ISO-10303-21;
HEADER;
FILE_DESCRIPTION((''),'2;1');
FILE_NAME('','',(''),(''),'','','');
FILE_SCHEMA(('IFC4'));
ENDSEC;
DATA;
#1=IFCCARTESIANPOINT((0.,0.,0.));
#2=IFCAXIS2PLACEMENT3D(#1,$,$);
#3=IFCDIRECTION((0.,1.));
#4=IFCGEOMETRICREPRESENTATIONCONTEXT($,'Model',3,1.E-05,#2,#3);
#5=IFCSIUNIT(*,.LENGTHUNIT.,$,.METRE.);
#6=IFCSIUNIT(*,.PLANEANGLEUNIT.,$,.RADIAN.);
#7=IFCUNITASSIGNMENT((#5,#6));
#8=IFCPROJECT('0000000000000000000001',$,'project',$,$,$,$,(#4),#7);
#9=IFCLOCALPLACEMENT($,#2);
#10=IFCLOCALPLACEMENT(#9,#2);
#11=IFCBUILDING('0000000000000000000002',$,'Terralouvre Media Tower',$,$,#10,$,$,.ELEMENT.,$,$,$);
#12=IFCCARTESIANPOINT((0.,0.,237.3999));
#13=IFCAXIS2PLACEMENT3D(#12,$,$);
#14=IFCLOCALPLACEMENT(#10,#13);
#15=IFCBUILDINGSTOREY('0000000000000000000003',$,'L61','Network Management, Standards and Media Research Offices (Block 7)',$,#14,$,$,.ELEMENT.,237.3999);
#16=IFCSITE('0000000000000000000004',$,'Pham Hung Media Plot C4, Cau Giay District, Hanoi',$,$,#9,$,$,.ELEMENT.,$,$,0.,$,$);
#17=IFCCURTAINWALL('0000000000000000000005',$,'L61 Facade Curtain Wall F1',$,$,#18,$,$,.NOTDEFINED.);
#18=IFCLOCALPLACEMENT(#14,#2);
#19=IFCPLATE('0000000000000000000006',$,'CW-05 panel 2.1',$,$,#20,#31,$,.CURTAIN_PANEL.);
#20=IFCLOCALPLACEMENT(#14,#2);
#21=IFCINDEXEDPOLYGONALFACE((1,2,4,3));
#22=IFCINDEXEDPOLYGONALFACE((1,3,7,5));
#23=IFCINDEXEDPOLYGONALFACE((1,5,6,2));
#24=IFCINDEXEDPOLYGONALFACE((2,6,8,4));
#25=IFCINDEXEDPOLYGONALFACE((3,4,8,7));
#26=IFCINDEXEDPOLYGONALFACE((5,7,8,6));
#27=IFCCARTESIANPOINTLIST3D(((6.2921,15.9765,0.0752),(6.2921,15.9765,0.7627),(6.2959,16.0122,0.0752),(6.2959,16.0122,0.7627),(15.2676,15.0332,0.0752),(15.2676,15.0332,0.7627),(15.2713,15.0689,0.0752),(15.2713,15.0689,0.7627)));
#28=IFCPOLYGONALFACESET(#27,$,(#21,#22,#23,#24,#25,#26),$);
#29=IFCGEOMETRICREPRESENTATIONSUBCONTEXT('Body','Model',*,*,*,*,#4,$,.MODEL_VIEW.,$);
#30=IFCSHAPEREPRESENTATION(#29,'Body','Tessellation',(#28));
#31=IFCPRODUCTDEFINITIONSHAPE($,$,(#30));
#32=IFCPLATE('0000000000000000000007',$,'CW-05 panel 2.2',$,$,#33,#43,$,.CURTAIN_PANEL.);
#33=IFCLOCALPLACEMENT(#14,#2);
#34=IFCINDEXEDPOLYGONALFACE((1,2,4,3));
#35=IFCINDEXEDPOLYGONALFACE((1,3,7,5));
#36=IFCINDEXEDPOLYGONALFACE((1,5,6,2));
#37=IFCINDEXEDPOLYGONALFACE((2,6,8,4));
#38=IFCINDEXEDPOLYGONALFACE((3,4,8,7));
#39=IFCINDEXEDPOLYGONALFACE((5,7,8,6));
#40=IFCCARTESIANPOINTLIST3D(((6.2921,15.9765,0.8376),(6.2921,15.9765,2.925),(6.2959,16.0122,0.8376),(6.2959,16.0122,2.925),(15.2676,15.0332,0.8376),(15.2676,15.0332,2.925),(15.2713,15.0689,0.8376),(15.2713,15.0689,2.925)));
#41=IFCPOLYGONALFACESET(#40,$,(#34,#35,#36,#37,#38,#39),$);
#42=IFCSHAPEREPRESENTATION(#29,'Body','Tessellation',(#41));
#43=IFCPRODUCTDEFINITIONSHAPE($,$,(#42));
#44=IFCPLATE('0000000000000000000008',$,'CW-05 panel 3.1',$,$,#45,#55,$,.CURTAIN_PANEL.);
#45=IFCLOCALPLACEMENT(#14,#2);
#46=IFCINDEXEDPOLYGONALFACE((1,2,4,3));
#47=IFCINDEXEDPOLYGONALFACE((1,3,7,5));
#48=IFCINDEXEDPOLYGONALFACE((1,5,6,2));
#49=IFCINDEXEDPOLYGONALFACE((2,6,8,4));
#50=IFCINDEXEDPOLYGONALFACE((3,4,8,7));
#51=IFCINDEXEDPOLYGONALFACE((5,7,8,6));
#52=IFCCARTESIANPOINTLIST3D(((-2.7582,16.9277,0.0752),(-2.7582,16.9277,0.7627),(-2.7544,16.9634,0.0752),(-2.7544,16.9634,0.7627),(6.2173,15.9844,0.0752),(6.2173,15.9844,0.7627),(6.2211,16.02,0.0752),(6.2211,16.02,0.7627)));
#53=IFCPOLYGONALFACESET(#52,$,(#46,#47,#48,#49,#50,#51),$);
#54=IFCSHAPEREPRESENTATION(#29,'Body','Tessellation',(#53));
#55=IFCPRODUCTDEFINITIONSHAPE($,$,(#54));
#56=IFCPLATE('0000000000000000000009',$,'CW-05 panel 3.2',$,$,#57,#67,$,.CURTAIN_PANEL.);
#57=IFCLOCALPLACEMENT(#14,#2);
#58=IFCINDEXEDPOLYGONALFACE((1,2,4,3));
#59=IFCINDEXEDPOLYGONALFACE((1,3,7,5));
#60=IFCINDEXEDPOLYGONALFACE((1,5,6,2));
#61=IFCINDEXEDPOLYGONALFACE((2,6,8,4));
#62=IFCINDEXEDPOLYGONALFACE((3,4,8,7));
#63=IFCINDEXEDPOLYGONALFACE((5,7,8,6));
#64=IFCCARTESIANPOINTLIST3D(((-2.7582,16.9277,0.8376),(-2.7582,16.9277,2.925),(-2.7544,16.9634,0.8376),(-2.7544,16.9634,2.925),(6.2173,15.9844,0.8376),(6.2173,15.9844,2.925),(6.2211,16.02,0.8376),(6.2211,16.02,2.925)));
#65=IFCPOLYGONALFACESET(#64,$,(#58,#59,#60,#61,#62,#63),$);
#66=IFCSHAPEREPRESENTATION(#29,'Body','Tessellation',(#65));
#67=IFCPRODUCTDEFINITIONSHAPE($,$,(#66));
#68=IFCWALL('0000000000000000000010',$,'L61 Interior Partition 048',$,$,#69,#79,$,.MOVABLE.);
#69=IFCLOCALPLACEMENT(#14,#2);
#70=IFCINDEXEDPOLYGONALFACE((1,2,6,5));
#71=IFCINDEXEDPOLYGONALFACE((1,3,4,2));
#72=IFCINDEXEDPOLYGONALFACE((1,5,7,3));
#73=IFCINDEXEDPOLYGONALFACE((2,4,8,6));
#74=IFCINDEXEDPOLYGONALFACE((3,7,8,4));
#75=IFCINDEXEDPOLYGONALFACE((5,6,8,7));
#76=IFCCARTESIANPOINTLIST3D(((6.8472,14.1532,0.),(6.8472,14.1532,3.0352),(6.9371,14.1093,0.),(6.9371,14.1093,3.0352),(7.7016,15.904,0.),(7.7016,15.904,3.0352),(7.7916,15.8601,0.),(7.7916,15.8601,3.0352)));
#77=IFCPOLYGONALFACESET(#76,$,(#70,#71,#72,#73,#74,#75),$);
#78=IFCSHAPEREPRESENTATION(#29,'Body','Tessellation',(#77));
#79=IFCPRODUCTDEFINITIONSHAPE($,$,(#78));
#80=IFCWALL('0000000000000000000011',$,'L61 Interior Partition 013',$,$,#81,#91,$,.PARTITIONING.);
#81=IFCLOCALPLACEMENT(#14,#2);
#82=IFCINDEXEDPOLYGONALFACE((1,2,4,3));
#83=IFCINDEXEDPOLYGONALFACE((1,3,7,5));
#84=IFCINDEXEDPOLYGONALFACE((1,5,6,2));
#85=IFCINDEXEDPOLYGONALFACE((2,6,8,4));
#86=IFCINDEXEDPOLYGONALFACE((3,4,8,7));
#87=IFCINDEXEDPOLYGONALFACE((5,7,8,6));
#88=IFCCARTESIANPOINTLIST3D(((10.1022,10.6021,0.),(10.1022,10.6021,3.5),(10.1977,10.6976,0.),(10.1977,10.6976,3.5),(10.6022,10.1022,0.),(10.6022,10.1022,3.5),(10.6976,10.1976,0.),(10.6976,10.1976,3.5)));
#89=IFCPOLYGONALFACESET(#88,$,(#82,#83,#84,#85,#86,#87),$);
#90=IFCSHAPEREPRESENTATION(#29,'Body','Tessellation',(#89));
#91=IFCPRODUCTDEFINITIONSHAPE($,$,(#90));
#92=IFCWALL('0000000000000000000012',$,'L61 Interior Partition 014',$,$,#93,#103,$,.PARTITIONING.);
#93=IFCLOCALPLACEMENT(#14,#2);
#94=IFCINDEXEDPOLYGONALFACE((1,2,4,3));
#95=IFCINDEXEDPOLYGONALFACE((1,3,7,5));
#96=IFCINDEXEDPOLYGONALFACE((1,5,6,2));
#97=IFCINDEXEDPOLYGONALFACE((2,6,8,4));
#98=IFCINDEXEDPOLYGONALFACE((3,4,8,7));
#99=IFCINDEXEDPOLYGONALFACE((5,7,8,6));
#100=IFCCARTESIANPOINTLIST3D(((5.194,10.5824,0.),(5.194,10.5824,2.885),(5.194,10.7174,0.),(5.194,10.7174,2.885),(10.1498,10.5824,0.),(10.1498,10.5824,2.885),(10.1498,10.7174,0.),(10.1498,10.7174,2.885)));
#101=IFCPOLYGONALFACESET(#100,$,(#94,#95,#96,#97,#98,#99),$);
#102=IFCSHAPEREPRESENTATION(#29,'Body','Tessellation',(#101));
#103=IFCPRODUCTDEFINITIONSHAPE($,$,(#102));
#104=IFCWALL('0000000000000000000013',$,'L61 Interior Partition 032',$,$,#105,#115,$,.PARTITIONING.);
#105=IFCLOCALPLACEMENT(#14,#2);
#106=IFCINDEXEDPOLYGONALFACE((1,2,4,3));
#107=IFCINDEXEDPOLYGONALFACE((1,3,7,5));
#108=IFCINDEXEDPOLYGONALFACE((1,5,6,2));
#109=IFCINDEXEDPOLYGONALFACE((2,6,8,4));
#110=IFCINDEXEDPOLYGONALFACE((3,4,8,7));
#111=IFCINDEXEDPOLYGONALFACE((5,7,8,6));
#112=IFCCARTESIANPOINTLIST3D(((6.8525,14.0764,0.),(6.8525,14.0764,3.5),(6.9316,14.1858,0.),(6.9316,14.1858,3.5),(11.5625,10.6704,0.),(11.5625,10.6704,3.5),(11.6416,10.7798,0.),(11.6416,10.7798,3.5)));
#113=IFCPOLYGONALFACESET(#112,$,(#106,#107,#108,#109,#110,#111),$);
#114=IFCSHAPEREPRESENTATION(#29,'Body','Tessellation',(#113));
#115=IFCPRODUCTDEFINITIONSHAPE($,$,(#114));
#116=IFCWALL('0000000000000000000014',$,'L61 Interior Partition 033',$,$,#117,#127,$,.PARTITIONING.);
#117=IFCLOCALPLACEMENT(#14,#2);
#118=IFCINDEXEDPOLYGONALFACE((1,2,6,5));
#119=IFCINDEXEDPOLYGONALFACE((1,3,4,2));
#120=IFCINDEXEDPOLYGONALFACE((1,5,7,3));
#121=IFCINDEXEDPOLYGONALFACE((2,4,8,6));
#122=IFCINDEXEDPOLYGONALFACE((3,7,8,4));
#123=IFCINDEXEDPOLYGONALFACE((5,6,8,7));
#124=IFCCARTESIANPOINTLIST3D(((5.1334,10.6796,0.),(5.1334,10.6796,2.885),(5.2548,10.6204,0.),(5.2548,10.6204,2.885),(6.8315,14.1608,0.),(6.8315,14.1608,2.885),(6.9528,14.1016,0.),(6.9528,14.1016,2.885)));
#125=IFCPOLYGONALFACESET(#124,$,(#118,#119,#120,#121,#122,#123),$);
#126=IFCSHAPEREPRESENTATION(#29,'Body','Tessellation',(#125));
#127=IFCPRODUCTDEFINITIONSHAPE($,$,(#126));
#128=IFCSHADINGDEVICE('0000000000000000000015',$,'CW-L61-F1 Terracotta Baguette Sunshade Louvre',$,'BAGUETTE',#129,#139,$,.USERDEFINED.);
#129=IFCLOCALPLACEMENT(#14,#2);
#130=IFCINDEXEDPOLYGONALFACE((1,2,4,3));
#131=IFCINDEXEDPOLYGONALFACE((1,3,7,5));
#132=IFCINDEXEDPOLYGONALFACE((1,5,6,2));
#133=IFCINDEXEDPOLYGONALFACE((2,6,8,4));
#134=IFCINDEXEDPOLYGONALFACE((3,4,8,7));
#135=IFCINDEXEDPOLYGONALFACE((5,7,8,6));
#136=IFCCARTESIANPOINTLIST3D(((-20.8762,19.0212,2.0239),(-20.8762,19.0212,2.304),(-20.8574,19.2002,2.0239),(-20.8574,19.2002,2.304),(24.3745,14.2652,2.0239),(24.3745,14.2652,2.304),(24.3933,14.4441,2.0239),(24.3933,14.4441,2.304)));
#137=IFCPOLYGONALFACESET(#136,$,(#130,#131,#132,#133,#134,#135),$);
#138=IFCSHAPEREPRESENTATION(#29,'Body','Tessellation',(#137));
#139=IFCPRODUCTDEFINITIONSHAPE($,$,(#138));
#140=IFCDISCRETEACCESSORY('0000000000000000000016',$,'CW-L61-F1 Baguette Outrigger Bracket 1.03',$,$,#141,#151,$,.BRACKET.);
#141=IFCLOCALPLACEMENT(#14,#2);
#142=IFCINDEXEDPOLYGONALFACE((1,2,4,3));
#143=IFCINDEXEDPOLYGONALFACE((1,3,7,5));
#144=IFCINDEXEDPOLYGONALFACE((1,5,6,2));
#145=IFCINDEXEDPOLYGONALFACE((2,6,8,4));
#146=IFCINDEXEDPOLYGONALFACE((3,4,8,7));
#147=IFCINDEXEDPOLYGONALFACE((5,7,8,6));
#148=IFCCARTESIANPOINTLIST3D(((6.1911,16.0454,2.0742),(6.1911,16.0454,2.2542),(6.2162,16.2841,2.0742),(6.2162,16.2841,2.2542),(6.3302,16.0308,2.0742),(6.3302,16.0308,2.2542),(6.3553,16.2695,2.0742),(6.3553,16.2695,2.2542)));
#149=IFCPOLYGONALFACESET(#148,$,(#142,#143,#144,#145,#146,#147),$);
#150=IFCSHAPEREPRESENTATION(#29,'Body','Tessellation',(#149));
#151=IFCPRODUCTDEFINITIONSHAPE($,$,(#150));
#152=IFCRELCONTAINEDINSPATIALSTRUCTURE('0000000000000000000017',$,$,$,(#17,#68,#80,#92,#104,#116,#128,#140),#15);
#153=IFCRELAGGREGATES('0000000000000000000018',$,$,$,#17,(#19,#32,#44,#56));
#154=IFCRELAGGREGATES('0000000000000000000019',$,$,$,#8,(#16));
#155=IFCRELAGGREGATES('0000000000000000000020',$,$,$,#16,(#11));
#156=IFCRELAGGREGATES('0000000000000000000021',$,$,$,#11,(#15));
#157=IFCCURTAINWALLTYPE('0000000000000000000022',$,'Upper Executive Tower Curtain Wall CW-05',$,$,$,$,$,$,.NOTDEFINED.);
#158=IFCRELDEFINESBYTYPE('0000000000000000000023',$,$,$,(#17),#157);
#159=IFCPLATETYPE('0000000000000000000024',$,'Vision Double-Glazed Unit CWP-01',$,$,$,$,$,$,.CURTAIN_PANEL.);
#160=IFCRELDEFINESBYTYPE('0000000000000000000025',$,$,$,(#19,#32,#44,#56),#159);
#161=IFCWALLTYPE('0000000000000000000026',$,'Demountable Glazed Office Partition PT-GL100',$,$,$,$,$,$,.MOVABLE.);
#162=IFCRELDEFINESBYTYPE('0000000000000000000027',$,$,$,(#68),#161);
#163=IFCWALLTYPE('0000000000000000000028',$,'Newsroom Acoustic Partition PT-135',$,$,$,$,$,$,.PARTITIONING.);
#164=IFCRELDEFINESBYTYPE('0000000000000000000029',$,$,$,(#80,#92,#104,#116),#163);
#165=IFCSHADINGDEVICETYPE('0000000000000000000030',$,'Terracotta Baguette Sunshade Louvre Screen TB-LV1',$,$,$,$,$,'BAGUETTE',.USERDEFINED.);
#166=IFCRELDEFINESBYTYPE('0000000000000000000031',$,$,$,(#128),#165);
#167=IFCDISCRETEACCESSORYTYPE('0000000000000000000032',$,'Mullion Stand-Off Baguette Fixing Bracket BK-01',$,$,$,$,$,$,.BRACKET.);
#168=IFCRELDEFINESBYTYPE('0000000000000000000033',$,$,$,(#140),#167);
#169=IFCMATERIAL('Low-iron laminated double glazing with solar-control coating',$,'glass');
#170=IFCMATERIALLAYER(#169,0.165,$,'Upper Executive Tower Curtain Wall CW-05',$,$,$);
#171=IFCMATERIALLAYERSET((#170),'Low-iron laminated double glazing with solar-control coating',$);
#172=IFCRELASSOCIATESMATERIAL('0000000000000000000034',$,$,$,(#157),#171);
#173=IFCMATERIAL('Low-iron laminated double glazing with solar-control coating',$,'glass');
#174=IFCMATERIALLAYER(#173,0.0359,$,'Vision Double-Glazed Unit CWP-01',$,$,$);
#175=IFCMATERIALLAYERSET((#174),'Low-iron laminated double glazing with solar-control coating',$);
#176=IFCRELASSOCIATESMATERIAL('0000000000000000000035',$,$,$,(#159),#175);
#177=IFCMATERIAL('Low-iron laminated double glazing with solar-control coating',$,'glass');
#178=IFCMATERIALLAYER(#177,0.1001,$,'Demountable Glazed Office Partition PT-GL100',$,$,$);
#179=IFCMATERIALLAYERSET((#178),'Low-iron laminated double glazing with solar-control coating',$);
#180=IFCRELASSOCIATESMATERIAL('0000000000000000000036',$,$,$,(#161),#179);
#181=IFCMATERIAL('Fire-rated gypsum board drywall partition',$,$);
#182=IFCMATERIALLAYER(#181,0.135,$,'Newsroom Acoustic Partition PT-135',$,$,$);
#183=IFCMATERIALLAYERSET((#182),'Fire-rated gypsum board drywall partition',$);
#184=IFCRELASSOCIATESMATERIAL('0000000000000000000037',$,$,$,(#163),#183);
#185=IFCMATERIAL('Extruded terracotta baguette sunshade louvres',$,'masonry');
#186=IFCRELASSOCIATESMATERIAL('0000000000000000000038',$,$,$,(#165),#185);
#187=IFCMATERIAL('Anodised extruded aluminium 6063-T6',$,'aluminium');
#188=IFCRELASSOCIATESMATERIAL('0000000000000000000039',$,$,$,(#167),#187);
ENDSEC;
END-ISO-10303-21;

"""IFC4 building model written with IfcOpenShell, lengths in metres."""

from ifc_helpers import new_model, si_unit, direction, frame, frame_2d, origin, origin_2d, place, context, subcontext, project, spatial, rectangle, extrude, material, layer, layer_set, type_object, element, aggregate, save


model = new_model("IFC4")

# Units and contexts
model_context = context("Model", 3, precision=1e-05, world=origin(), true_north=direction((0.0, 1.0)))
body_context = subcontext(model_context, "Body", "Model", "MODEL_VIEW")
ifc_project = project(units=[si_unit("LENGTHUNIT", "METRE"), si_unit("PLANEANGLEUNIT", "RADIAN")], contexts=[model_context])

# Site, building, storey
site_placement = place(None, origin())
site = spatial("IfcSite", under=ifc_project, at=site_placement, Name="Pham Hung Media Plot C4, Cau Giay District, Hanoi", CompositionType="ELEMENT", RefElevation=0.0)
building_placement = place(site_placement, origin())
building = spatial("IfcBuilding", under=site, at=building_placement, Name="Terralouvre Media Tower", CompositionType="ELEMENT")
storey_placement = place(building_placement, frame((0.0, 0.0, 237.3999)))
storey = spatial("IfcBuildingStorey", under=building, at=storey_placement, Name="L61", Description="Network Management, Standards and Media Research Offices (Block 7)", CompositionType="ELEMENT", Elevation=237.3999)

# Curtain wall
ifc_material_1 = material(Name="Low-iron laminated double glazing with solar-control coating", Category="glass")
ifc_layer_1 = layer(ifc_material_1, 0.165, Name="Upper Executive Tower Curtain Wall CW-05")
ifc_layer_set_1 = layer_set([ifc_layer_1], Name="Low-iron laminated double glazing with solar-control coating")
curtain_wall_type = type_object("IfcCurtainWallType", Name="Upper Executive Tower Curtain Wall CW-05", PredefinedType="NOTDEFINED", material=ifc_layer_set_1)
curtain_wall_placement = place(storey_placement, origin())
curtain_wall = element("IfcCurtainWall", 1, at=curtain_wall_placement, inside=storey, type_object=curtain_wall_type, Name="L61 Facade Curtain Wall F1", PredefinedType="NOTDEFINED")

# Plates
ifc_material_2 = material(Name="Low-iron laminated double glazing with solar-control coating", Category="glass")
ifc_layer_2 = layer(ifc_material_2, 0.0359, Name="Vision Double-Glazed Unit CWP-01")
ifc_layer_set_2 = layer_set([ifc_layer_2], Name="Low-iron laminated double glazing with solar-control coating")
plate_type = type_object("IfcPlateType", Name="Vision Double-Glazed Unit CWP-01", PredefinedType="CURTAIN_PANEL", material=ifc_layer_set_2)
plate_1_placement = place(storey_placement, frame((10.7817, 15.5227, 0.0752), z_axis=(0.0, 0.0, 1.0), x_axis=(-0.994522, 0.104529, 0.0)))
plate_1 = element("IfcPlate", 2, at=plate_1_placement, type_object=plate_type, Name="CW-05 panel 2.1", PredefinedType="CURTAIN_PANEL", context=body_context, shape_type="SweptSolid", body=[
    extrude(rectangle(XDim=9.0249, YDim=0.0359, at=origin_2d()), origin(), (0.0, 0.0, 1.0), 0.6875),
])
plate_2_placement = place(storey_placement, frame((10.7817, 15.5227, 0.8376), z_axis=(0.0, 0.0, 1.0), x_axis=(-0.994522, 0.104529, 0.0)))
plate_2 = element("IfcPlate", 3, at=plate_2_placement, type_object=plate_type, Name="CW-05 panel 2.2", PredefinedType="CURTAIN_PANEL", context=body_context, shape_type="SweptSolid", body=[
    extrude(rectangle(XDim=9.0249, YDim=0.0359, at=origin_2d()), origin(), (0.0, 0.0, 1.0), 2.0874),
])
plate_3_placement = place(storey_placement, frame((1.7314, 16.4739, 0.0752), z_axis=(0.0, 0.0, 1.0), x_axis=(-0.994522, 0.104529, 0.0)))
plate_3 = element("IfcPlate", 4, at=plate_3_placement, type_object=plate_type, Name="CW-05 panel 3.1", PredefinedType="CURTAIN_PANEL", context=body_context, shape_type="SweptSolid", body=[
    extrude(rectangle(XDim=9.0249, YDim=0.0359, at=origin_2d()), origin(), (0.0, 0.0, 1.0), 0.6875),
])
plate_4_placement = place(storey_placement, frame((1.7314, 16.4739, 0.8376), z_axis=(0.0, 0.0, 1.0), x_axis=(-0.994522, 0.104529, 0.0)))
plate_4 = element("IfcPlate", 5, at=plate_4_placement, type_object=plate_type, Name="CW-05 panel 3.2", PredefinedType="CURTAIN_PANEL", context=body_context, shape_type="SweptSolid", body=[
    extrude(rectangle(XDim=9.0249, YDim=0.0359, at=origin_2d()), origin(), (0.0, 0.0, 1.0), 2.0874),
])
aggregate(curtain_wall, [plate_1, plate_2, plate_3, plate_4])

# Walls
ifc_material_3 = material(Name="Low-iron laminated double glazing with solar-control coating", Category="glass")
ifc_layer_3 = layer(ifc_material_3, 0.1001, Name="Demountable Glazed Office Partition PT-GL100")
ifc_layer_set_3 = layer_set([ifc_layer_3], Name="Low-iron laminated double glazing with solar-control coating")
wall_type_1 = type_object("IfcWallType", Name="Demountable Glazed Office Partition PT-GL100", PredefinedType="MOVABLE", material=ifc_layer_set_3)
wall_1_placement = place(storey_placement, frame((7.7466, 15.8821, 0.0), z_axis=(0.0, 0.0, 1.0), x_axis=(-0.438572, -0.898696, 0.0)))
element("IfcWall", 6, at=wall_1_placement, inside=storey, type_object=wall_type_1, Name="L61 Interior Partition 048", PredefinedType="MOVABLE", context=body_context, shape_type="SweptSolid", body=[
    extrude(rectangle(XDim=1.9482, YDim=0.1001, at=frame_2d((0.9741, 0.0))), origin(), (0.0, 0.0, 1.0), 3.0352),
])
ifc_material_4 = material(Name="Fire-rated gypsum board drywall partition")
ifc_layer_4 = layer(ifc_material_4, 0.135, Name="Newsroom Acoustic Partition PT-135")
ifc_layer_set_4 = layer_set([ifc_layer_4], Name="Fire-rated gypsum board drywall partition")
wall_type_2 = type_object("IfcWallType", Name="Newsroom Acoustic Partition PT-135", PredefinedType="PARTITIONING", material=ifc_layer_set_4)
wall_2_placement = place(storey_placement, frame((10.6499, 10.1499, 0.0), z_axis=(0.0, 0.0, 1.0), x_axis=(-0.707107, 0.707107, 0.0)))
element("IfcWall", 7, at=wall_2_placement, inside=storey, type_object=wall_type_2, Name="L61 Interior Partition 013", PredefinedType="PARTITIONING", context=body_context, shape_type="SweptSolid", body=[
    extrude(rectangle(XDim=0.707, YDim=0.135, at=frame_2d((0.3535, 0.0))), origin(), (0.0, 0.0, 1.0), 3.5),
])
wall_3_placement = place(storey_placement, frame((10.1499, 10.6499, 0.0), z_axis=(0.0, 0.0, 1.0), x_axis=(-1.0, 0.0, 0.0)))
element("IfcWall", 8, at=wall_3_placement, inside=storey, type_object=wall_type_2, Name="L61 Interior Partition 014", PredefinedType="PARTITIONING", context=body_context, shape_type="SweptSolid", body=[
    extrude(rectangle(XDim=4.9558, YDim=0.135, at=frame_2d((2.478, 0.0))), origin(), (0.0, 0.0, 1.0), 2.885),
])

# Walls
wall_4_placement = place(storey_placement, frame((11.6021, 10.7251, 0.0), z_axis=(0.0, 0.0, 1.0), x_axis=(-0.810322, 0.585984, 0.0)))
element("IfcWall", 9, at=wall_4_placement, inside=storey, type_object=wall_type_2, Name="L61 Interior Partition 032", PredefinedType="PARTITIONING", context=body_context, shape_type="SweptSolid", body=[
    extrude(rectangle(XDim=5.8125, YDim=0.135, at=frame_2d((2.9062, 0.0))), origin(), (0.0, 0.0, 1.0), 3.5),
])
wall_5_placement = place(storey_placement, frame((6.8921, 14.1311, 0.0), z_axis=(0.0, 0.0, 1.0), x_axis=(-0.438393, -0.898784, 0.0)))
element("IfcWall", 10, at=wall_5_placement, inside=storey, type_object=wall_type_2, Name="L61 Interior Partition 033", PredefinedType="PARTITIONING", context=body_context, shape_type="SweptSolid", body=[
    extrude(rectangle(XDim=3.8733, YDim=0.135, at=frame_2d((1.9365, 0.0))), origin(), (0.0, 0.0, 1.0), 2.885),
])

# Shading device
ifc_material_5 = material(Name="Extruded terracotta baguette sunshade louvres", Category="masonry")
shading_device_type = type_object("IfcShadingDeviceType", Name="Terracotta Baguette Sunshade Louvre Screen TB-LV1", ElementType="BAGUETTE", PredefinedType="USERDEFINED", material=ifc_material_5)
shading_device_placement = place(storey_placement, frame((1.7585, 16.7327, 2.0239), z_axis=(0.0, 0.0, 1.0), x_axis=(-0.994522, 0.104529, 0.0)))
element("IfcShadingDevice", 11, at=shading_device_placement, inside=storey, type_object=shading_device_type, Name="CW-L61-F1 Terracotta Baguette Sunshade Louvre", ObjectType="BAGUETTE", PredefinedType="USERDEFINED", context=body_context, shape_type="SweptSolid", body=[
    extrude(rectangle(XDim=45.5, YDim=0.1799, at=origin_2d()), origin(), (0.0, 0.0, 1.0), 0.28),
])

# Discrete accessory
ifc_material_6 = material(Name="Anodised extruded aluminium 6063-T6", Category="aluminium")
discrete_accessory_type = type_object("IfcDiscreteAccessoryType", Name="Mullion Stand-Off Baguette Fixing Bracket BK-01", PredefinedType="BRACKET", material=ifc_material_6)
discrete_accessory_placement = place(storey_placement, frame((6.2732, 16.1575, 2.0742), z_axis=(0.0, 0.0, 1.0), x_axis=(-0.994522, 0.104529, 0.0)))
element("IfcDiscreteAccessory", 12, at=discrete_accessory_placement, inside=storey, type_object=discrete_accessory_type, Name="CW-L61-F1 Baguette Outrigger Bracket 1.03", PredefinedType="BRACKET", context=body_context, shape_type="SweptSolid", body=[
    extrude(rectangle(XDim=0.1399, YDim=0.24, at=origin_2d()), origin(), (0.0, 0.0, 1.0), 0.1799),
])

save(model, "model.ifc")
